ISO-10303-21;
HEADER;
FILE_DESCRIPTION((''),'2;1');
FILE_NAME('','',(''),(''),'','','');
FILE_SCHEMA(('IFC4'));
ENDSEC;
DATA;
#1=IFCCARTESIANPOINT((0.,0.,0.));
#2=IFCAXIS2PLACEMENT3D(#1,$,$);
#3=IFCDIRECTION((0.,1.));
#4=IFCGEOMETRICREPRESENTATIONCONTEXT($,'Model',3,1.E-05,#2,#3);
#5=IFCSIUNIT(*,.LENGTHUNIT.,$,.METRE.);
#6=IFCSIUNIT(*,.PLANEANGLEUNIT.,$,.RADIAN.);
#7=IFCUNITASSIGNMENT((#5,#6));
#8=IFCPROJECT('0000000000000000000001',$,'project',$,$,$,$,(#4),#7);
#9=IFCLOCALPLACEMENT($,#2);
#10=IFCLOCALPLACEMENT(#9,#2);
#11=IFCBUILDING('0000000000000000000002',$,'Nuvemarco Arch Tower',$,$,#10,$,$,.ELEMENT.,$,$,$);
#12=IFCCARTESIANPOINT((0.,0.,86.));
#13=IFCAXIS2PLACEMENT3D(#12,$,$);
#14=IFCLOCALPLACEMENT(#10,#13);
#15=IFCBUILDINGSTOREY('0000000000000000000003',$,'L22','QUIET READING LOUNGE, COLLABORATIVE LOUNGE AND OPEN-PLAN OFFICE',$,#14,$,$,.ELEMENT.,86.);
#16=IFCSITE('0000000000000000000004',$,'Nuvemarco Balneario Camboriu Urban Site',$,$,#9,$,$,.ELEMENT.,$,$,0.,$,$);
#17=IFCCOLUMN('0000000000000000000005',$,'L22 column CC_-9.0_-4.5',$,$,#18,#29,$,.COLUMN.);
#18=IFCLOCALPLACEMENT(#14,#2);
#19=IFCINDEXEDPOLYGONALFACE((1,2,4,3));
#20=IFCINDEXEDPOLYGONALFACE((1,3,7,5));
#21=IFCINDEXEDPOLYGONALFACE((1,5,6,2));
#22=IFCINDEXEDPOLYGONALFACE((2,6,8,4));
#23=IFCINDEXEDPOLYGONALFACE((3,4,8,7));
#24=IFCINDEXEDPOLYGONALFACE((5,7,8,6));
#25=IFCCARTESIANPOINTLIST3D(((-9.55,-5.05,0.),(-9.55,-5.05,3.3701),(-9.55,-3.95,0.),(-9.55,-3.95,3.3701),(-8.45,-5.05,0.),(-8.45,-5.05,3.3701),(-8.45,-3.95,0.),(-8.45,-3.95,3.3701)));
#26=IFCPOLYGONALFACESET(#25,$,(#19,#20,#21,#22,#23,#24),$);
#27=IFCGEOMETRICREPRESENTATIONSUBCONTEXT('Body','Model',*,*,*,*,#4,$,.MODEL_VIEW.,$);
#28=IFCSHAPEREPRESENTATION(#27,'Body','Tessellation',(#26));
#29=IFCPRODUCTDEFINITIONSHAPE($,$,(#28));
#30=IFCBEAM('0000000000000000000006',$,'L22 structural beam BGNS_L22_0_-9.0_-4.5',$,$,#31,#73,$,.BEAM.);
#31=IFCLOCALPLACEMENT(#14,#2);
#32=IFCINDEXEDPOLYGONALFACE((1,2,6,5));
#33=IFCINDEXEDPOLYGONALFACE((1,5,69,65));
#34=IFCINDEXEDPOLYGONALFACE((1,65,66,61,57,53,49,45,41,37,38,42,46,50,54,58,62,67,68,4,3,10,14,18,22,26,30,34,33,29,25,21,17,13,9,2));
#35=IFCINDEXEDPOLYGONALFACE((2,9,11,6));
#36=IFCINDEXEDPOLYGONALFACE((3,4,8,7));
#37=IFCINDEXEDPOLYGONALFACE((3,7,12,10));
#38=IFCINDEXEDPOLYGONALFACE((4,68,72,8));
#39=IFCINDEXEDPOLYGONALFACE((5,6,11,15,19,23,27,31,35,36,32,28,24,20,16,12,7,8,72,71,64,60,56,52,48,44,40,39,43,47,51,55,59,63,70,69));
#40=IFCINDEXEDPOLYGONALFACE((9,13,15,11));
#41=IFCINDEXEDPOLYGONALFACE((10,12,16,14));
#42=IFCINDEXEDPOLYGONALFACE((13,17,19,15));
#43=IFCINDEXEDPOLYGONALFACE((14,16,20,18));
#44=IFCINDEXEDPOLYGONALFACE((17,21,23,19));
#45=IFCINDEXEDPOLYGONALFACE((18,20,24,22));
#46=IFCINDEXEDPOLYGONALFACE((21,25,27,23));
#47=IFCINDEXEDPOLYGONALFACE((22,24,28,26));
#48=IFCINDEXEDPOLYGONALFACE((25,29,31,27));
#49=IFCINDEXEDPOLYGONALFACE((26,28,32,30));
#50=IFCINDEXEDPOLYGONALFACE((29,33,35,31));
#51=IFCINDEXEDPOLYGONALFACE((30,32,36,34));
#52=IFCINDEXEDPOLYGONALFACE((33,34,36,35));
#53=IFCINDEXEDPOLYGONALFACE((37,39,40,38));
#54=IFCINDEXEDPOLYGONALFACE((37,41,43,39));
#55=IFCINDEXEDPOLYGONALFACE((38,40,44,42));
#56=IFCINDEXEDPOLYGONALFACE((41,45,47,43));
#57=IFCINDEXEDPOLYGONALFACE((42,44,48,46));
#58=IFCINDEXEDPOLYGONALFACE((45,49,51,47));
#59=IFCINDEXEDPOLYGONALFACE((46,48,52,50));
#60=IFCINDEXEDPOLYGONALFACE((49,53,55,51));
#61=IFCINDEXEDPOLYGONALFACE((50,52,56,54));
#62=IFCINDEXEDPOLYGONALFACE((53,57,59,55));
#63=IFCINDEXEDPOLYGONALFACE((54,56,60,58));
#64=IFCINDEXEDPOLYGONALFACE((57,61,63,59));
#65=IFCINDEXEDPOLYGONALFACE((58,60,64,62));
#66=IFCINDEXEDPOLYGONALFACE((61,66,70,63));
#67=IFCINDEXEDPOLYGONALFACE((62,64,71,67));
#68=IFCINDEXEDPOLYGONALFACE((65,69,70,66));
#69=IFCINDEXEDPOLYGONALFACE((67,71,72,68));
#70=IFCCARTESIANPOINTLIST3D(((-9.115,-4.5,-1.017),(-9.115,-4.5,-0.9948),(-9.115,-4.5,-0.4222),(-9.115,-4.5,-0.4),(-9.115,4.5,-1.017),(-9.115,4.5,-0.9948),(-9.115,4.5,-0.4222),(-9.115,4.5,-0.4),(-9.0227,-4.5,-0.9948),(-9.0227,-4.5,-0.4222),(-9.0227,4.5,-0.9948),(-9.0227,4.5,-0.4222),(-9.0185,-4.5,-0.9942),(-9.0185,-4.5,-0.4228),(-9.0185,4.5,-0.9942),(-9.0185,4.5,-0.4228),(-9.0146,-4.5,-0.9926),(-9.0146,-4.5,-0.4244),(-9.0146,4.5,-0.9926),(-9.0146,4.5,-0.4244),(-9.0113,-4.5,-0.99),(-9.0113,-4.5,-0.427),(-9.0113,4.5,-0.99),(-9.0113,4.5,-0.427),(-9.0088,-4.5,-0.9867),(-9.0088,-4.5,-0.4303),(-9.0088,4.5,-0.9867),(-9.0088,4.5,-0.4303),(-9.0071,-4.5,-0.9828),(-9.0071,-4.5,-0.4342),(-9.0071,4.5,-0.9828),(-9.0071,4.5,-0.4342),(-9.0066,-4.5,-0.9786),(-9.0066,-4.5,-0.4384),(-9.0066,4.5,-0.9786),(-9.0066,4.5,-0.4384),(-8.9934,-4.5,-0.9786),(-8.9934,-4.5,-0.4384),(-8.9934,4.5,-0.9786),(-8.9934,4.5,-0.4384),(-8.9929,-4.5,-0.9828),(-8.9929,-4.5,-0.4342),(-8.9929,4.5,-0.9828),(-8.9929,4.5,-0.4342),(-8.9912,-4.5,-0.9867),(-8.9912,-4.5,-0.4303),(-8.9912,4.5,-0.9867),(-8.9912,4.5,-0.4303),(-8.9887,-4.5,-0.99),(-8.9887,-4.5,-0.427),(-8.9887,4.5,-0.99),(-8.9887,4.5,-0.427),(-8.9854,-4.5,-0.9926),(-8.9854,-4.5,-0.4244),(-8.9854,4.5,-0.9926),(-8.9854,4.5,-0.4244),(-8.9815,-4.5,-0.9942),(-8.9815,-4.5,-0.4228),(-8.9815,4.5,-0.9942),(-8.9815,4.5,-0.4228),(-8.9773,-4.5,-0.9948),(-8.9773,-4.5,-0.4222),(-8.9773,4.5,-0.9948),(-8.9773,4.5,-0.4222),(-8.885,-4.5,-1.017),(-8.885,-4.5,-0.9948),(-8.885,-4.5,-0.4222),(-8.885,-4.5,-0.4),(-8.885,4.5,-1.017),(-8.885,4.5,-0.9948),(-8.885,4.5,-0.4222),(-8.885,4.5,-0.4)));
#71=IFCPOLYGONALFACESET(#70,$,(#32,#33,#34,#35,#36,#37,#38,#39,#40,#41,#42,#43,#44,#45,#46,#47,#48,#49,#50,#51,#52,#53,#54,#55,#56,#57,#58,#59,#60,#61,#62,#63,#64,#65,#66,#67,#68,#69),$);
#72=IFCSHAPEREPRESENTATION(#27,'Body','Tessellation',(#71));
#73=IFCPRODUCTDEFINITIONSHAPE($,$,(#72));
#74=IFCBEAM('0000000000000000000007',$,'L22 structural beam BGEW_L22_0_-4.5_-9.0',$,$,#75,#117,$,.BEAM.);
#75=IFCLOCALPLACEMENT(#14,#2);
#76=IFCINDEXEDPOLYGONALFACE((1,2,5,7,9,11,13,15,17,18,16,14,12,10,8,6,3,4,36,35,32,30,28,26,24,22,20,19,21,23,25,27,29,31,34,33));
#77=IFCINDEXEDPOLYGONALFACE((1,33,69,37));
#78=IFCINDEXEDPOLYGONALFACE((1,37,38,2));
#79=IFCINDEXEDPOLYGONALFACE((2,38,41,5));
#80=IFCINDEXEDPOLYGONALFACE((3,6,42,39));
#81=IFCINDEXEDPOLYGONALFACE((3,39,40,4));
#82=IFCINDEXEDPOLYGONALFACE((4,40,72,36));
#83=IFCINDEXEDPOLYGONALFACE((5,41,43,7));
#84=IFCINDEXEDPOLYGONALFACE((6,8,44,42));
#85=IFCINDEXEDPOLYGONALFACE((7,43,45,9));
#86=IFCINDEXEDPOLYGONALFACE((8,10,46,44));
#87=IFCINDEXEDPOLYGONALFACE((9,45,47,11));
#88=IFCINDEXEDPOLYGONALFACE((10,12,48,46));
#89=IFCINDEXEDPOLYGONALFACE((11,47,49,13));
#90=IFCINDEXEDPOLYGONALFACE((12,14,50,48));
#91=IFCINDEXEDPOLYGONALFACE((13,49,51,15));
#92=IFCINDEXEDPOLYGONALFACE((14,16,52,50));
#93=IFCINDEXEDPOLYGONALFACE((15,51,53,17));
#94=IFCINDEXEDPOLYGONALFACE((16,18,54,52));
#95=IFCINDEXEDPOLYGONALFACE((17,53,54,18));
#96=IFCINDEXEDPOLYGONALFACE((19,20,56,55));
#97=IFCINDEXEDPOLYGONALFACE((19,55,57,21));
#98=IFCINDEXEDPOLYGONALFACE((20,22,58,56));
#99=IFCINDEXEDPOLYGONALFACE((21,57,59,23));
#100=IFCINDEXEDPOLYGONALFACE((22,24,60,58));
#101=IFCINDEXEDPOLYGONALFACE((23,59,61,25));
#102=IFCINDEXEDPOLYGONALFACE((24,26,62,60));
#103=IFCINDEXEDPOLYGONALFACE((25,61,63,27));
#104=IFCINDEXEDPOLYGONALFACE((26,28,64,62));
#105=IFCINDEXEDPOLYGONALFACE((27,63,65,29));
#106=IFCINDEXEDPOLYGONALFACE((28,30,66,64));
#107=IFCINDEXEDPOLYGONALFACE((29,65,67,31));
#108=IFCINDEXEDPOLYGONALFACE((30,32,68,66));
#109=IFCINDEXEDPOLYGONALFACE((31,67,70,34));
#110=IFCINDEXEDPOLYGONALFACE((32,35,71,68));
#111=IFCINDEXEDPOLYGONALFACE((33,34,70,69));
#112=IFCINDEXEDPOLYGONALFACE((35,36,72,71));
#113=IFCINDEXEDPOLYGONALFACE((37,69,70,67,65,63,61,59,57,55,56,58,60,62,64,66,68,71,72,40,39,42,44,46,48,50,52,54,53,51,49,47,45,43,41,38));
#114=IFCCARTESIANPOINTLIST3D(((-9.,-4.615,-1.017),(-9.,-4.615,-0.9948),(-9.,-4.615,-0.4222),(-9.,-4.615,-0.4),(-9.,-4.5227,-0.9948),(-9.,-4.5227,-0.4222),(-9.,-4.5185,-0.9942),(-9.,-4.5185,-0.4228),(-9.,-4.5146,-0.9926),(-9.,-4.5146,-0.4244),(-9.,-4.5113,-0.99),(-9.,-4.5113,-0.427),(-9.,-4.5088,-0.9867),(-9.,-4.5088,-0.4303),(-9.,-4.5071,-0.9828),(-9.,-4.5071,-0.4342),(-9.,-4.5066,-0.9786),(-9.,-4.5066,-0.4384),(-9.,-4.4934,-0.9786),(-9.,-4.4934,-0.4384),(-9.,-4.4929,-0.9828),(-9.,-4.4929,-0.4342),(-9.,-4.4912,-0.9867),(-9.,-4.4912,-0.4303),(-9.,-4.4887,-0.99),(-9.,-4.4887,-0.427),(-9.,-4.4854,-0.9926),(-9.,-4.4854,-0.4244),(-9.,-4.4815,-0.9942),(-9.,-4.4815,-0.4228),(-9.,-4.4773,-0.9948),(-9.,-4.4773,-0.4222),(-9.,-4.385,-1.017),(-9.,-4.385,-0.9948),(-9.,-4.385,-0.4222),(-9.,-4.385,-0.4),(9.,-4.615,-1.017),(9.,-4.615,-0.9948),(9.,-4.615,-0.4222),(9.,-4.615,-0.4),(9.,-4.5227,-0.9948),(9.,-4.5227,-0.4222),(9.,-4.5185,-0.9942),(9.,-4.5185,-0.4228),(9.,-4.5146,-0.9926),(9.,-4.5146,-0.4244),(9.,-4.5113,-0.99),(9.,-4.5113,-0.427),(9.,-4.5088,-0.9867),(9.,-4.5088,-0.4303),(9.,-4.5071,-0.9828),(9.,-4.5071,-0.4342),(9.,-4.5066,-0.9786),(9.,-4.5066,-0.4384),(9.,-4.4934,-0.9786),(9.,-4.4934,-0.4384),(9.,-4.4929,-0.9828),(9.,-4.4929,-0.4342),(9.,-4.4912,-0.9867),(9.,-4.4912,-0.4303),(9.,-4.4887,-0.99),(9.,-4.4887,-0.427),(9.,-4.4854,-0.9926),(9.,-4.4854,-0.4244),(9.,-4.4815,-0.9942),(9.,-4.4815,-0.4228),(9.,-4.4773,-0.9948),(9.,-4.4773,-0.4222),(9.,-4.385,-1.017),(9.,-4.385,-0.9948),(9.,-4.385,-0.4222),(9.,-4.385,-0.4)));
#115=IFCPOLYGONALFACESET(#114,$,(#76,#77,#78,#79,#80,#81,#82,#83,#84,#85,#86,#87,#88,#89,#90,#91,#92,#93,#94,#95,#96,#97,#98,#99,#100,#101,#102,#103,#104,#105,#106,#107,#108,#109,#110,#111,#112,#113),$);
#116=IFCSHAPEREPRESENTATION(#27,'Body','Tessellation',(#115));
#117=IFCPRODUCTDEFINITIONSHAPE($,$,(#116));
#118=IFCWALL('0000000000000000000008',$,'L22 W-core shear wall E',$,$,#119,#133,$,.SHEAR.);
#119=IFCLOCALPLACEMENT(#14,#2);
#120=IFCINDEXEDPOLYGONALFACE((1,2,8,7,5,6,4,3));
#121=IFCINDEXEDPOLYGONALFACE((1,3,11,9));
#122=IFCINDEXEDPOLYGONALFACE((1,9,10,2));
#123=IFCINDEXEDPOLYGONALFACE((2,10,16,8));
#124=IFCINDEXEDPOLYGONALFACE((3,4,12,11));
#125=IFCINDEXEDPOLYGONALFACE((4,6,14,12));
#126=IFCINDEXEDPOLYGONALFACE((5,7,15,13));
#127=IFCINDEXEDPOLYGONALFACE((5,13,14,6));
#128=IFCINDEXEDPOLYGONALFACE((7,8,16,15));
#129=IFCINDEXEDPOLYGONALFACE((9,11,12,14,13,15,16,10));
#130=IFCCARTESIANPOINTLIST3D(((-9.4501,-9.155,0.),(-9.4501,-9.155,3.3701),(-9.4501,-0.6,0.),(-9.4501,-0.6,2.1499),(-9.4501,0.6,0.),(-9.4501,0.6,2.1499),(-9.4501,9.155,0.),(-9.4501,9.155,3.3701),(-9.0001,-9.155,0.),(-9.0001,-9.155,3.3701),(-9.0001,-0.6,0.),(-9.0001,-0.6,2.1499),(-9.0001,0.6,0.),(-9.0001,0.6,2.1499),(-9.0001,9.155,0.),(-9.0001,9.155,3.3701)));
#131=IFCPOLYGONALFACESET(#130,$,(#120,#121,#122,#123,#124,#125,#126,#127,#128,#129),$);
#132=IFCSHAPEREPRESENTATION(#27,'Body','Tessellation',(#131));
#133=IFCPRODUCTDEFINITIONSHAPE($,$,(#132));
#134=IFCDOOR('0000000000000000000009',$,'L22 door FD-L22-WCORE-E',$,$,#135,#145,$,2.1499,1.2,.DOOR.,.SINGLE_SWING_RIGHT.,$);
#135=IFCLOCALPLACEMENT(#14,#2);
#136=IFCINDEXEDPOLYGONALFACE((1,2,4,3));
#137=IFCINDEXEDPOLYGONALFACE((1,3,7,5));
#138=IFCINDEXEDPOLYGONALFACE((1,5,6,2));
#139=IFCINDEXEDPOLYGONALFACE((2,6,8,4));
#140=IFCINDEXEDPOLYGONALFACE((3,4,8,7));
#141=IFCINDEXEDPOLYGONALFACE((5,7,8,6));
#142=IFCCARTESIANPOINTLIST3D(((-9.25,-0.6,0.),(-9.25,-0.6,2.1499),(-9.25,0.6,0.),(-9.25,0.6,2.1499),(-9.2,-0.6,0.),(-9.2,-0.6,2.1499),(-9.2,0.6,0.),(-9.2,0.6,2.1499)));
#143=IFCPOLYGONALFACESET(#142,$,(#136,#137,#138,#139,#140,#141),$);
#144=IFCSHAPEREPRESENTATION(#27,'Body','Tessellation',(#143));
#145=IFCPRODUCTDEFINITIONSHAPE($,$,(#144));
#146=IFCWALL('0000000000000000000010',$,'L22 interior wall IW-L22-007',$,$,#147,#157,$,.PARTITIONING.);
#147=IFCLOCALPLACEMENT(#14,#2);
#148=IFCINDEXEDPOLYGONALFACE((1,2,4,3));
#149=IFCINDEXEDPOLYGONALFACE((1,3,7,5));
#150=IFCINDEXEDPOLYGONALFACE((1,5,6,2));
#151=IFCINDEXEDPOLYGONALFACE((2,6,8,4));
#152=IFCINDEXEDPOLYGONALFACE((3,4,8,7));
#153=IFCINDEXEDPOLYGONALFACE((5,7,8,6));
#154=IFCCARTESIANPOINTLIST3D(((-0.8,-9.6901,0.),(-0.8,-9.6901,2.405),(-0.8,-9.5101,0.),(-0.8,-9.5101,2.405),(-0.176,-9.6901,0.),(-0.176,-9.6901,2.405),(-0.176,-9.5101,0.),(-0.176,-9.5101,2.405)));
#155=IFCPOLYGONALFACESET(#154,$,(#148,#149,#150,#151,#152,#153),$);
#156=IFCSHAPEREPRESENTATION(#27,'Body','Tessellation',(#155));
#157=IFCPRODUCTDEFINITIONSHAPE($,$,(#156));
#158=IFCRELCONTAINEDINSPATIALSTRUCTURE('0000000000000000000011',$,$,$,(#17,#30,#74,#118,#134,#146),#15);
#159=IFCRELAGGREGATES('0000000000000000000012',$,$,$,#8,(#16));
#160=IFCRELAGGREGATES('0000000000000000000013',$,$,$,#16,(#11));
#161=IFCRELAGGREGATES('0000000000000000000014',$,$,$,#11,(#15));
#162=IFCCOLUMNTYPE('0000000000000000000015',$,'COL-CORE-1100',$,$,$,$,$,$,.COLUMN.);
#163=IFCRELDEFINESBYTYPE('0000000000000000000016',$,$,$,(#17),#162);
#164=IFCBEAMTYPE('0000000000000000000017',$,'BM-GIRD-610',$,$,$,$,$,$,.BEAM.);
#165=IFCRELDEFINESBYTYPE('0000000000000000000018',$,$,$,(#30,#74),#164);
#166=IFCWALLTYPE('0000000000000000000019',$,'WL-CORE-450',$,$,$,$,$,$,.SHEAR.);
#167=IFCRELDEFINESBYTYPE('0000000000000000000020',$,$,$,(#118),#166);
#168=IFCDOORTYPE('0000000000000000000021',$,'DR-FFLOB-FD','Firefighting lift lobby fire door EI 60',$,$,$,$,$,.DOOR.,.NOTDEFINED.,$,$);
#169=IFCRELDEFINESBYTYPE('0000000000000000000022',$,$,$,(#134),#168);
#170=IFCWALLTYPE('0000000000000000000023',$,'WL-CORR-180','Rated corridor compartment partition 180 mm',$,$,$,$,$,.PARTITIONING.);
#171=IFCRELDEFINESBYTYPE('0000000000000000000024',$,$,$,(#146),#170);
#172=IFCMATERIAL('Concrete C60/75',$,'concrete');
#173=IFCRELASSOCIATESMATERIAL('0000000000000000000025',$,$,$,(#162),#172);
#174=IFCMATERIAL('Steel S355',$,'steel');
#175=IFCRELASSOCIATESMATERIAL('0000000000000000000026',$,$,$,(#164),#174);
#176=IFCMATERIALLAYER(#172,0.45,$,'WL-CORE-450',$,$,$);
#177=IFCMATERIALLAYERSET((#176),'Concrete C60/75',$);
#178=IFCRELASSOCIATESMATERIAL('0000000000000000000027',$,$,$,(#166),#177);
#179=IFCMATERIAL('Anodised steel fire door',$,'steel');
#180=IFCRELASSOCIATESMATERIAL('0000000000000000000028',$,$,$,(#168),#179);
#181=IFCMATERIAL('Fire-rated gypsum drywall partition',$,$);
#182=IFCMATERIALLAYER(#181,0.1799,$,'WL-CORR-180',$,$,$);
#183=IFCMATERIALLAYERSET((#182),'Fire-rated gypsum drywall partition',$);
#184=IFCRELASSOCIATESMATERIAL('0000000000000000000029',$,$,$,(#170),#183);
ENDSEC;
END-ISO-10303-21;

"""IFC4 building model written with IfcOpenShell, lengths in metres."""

from ifc_helpers import new_model, si_unit, direction, frame, frame_2d, origin, origin_2d, place, context, subcontext, project, spatial, rectangle, i_section, extrude, source, transform, mapped, material, layer, layer_set, material_profile, profile_set, type_object, type_shapes, element, fill, save


model = new_model("IFC4")

# Units and contexts
model_context = context("Model", 3, precision=1e-05, world=origin(), true_north=direction((0.0, 1.0)))
body_context = subcontext(model_context, "Body", "Model", "MODEL_VIEW")
ifc_project = project(units=[si_unit("LENGTHUNIT", "METRE"), si_unit("PLANEANGLEUNIT", "RADIAN")], contexts=[model_context])

# Site, building, storey
site_placement = place(None, origin())
site = spatial("IfcSite", under=ifc_project, at=site_placement, Name="Nuvemarco Balneario Camboriu Urban Site", CompositionType="ELEMENT", RefElevation=0.0)
building_placement = place(site_placement, origin())
building = spatial("IfcBuilding", under=site, at=building_placement, Name="Nuvemarco Arch Tower", CompositionType="ELEMENT")
storey_placement = place(building_placement, frame((0.0, 0.0, 86.0)))
storey = spatial("IfcBuildingStorey", under=building, at=storey_placement, Name="L22", Description="QUIET READING LOUNGE, COLLABORATIVE LOUNGE AND OPEN-PLAN OFFICE", CompositionType="ELEMENT", Elevation=86.0)

# Column
ifc_material_1 = material(Name="Concrete C60/75", Category="concrete")
ifc_material_profile_1 = material_profile(ifc_material_1, rectangle(XDim=1.1001, YDim=1.1001, at=origin_2d()), Name="RC-COL-1100x1100")
ifc_profile_set_1 = profile_set([ifc_material_profile_1], Name="Concrete C60/75")
column_type = type_object("IfcColumnType", Name="COL-CORE-1100", PredefinedType="COLUMN", material=ifc_profile_set_1)
column_placement = place(storey_placement, frame((-9.0, -4.5, 0.0), z_axis=(0.0, 0.0, 1.0), x_axis=(1.0, 0.0, 0.0)))
element("IfcColumn", 1, at=column_placement, inside=storey, type_object=column_type, Name="L22 column CC_-9.0_-4.5", PredefinedType="COLUMN", context=body_context, shape_type="SweptSolid", body=[
    extrude(rectangle(XDim=1.1001, YDim=1.1001, at=origin_2d()), origin(), (0.0, 0.0, 1.0), 3.3701),
])

# Beams
ifc_material_2 = material(Name="Steel S355", Category="steel")
ifc_material_profile_2 = material_profile(ifc_material_2, i_section(OverallWidth=0.23, OverallDepth=0.6169, WebThickness=0.0132, FlangeThickness=0.0222, FilletRadius=0.0161, at=origin_2d()), Name="W610x140")
ifc_profile_set_2 = profile_set([ifc_material_profile_2], Name="Steel S355")
beam_type = type_object("IfcBeamType", Name="BM-GIRD-610", PredefinedType="BEAM", material=ifc_profile_set_2)
beam_1_placement = place(storey_placement, frame((-9.0, -4.5, -0.7085), z_axis=(0.0, 1.0, 0.0), x_axis=(-1.0, 0.0, 0.0)))
element("IfcBeam", 2, at=beam_1_placement, inside=storey, type_object=beam_type, Name="L22 structural beam BGNS_L22_0_-9.0_-4.5", PredefinedType="BEAM", context=body_context, shape_type="SweptSolid", body=[
    extrude(i_section(OverallWidth=0.23, OverallDepth=0.6169, WebThickness=0.0132, FlangeThickness=0.0222, FilletRadius=0.0161, at=origin_2d()), origin(), (0.0, 0.0, 1.0), 9.0),
])
beam_2_placement = place(storey_placement, frame((-9.0, -4.5, -0.7085), z_axis=(1.0, 0.0, 0.0), x_axis=(0.0, 1.0, 0.0)))
element("IfcBeam", 3, at=beam_2_placement, inside=storey, type_object=beam_type, Name="L22 structural beam BGEW_L22_0_-4.5_-9.0", PredefinedType="BEAM", context=body_context, shape_type="SweptSolid", body=[
    extrude(i_section(OverallWidth=0.23, OverallDepth=0.6169, WebThickness=0.0132, FlangeThickness=0.0222, FilletRadius=0.0161, at=origin_2d()), origin(), (0.0, 0.0, 1.0), 18.0),
])

# Wall, opening, door
ifc_layer_1 = layer(ifc_material_1, 0.45, Name="WL-CORE-450")
ifc_layer_set_1 = layer_set([ifc_layer_1], Name="Concrete C60/75")
wall_type_1 = type_object("IfcWallType", Name="WL-CORE-450", PredefinedType="SHEAR", material=ifc_layer_set_1)
wall_1_placement = place(storey_placement, frame((-9.2251, -9.155, 0.0), z_axis=(0.0, 0.0, 1.0), x_axis=(0.0, 1.0, 0.0)))
wall_1 = element("IfcWall", 4, at=wall_1_placement, inside=storey, type_object=wall_type_1, Name="L22 W-core shear wall E", PredefinedType="SHEAR", context=body_context, shape_type="SweptSolid", body=[
    extrude(rectangle(XDim=18.3101, YDim=0.45, at=frame_2d((9.155, 0.0))), origin(), (0.0, 0.0, 1.0), 3.3701),
])
opening_1_placement = place(wall_1_placement, frame((8.5549, 0.0, 0.0)))
opening_1 = element("IfcOpeningElement", 5, at=opening_1_placement, cuts=wall_1, PredefinedType="OPENING", context=body_context, shape_type="SweptSolid", body=[
    extrude(rectangle(XDim=1.2, YDim=2.1499, at=frame_2d((0.6001, 1.075))), frame((0.0, 0.2349, 0.0), z_axis=(0.0, -1.0, 0.0), x_axis=(1.0, 0.0, 0.0)), (0.0, 0.0, 1.0), 0.47),
])
ifc_material_3 = material(Name="Anodised steel fire door", Category="steel")
door_type_1 = type_object("IfcDoorType", Name="DR-FFLOB-FD", Description="Firefighting lift lobby fire door EI 60", OperationType="NOTDEFINED", PredefinedType="DOOR", material=ifc_material_3)
shared_shape_1 = source(origin(), body_context, "Body", "SweptSolid", [
    extrude(rectangle(XDim=1.2, YDim=2.1499, at=frame_2d((0.6001, 1.075))), frame((0.0, 0.0249, 0.0), z_axis=(0.0, -1.0, 0.0), x_axis=(1.0, 0.0, 0.0)), (0.0, 0.0, 1.0), 0.05),
])
type_shapes(door_type_1, [shared_shape_1])
door_1_placement = place(opening_1_placement, origin())
door_1 = element("IfcDoor", 6, at=door_1_placement, inside=storey, type_object=door_type_1, Name="L22 door FD-L22-WCORE-E", OperationType="SINGLE_SWING_RIGHT", OverallHeight=2.1499, OverallWidth=1.2, PredefinedType="DOOR", context=body_context, shape_type="MappedRepresentation", body=[
    mapped(shared_shape_1, transform((0.0, 0.0, 0.0), scale=1.0)),
])
fill(opening_1, door_1)

# Wall
ifc_material_4 = material(Name="Fire-rated gypsum drywall partition")
ifc_layer_2 = layer(ifc_material_4, 0.1799, Name="WL-CORR-180")
ifc_layer_set_2 = layer_set([ifc_layer_2], Name="Fire-rated gypsum drywall partition")
wall_type_2 = type_object("IfcWallType", Name="WL-CORR-180", Description="Rated corridor compartment partition 180 mm", PredefinedType="PARTITIONING", material=ifc_layer_set_2)
wall_2_placement = place(storey_placement, frame((-0.8, -9.6001, 0.0), z_axis=(0.0, 0.0, 1.0), x_axis=(1.0, 0.0, 0.0)))
element("IfcWall", 7, at=wall_2_placement, inside=storey, type_object=wall_type_2, Name="L22 interior wall IW-L22-007", PredefinedType="PARTITIONING", context=body_context, shape_type="SweptSolid", body=[
    extrude(rectangle(XDim=0.624, YDim=0.1799, at=frame_2d((0.312, 0.0))), origin(), (0.0, 0.0, 1.0), 2.405),
])

save(model, "model.ifc")
